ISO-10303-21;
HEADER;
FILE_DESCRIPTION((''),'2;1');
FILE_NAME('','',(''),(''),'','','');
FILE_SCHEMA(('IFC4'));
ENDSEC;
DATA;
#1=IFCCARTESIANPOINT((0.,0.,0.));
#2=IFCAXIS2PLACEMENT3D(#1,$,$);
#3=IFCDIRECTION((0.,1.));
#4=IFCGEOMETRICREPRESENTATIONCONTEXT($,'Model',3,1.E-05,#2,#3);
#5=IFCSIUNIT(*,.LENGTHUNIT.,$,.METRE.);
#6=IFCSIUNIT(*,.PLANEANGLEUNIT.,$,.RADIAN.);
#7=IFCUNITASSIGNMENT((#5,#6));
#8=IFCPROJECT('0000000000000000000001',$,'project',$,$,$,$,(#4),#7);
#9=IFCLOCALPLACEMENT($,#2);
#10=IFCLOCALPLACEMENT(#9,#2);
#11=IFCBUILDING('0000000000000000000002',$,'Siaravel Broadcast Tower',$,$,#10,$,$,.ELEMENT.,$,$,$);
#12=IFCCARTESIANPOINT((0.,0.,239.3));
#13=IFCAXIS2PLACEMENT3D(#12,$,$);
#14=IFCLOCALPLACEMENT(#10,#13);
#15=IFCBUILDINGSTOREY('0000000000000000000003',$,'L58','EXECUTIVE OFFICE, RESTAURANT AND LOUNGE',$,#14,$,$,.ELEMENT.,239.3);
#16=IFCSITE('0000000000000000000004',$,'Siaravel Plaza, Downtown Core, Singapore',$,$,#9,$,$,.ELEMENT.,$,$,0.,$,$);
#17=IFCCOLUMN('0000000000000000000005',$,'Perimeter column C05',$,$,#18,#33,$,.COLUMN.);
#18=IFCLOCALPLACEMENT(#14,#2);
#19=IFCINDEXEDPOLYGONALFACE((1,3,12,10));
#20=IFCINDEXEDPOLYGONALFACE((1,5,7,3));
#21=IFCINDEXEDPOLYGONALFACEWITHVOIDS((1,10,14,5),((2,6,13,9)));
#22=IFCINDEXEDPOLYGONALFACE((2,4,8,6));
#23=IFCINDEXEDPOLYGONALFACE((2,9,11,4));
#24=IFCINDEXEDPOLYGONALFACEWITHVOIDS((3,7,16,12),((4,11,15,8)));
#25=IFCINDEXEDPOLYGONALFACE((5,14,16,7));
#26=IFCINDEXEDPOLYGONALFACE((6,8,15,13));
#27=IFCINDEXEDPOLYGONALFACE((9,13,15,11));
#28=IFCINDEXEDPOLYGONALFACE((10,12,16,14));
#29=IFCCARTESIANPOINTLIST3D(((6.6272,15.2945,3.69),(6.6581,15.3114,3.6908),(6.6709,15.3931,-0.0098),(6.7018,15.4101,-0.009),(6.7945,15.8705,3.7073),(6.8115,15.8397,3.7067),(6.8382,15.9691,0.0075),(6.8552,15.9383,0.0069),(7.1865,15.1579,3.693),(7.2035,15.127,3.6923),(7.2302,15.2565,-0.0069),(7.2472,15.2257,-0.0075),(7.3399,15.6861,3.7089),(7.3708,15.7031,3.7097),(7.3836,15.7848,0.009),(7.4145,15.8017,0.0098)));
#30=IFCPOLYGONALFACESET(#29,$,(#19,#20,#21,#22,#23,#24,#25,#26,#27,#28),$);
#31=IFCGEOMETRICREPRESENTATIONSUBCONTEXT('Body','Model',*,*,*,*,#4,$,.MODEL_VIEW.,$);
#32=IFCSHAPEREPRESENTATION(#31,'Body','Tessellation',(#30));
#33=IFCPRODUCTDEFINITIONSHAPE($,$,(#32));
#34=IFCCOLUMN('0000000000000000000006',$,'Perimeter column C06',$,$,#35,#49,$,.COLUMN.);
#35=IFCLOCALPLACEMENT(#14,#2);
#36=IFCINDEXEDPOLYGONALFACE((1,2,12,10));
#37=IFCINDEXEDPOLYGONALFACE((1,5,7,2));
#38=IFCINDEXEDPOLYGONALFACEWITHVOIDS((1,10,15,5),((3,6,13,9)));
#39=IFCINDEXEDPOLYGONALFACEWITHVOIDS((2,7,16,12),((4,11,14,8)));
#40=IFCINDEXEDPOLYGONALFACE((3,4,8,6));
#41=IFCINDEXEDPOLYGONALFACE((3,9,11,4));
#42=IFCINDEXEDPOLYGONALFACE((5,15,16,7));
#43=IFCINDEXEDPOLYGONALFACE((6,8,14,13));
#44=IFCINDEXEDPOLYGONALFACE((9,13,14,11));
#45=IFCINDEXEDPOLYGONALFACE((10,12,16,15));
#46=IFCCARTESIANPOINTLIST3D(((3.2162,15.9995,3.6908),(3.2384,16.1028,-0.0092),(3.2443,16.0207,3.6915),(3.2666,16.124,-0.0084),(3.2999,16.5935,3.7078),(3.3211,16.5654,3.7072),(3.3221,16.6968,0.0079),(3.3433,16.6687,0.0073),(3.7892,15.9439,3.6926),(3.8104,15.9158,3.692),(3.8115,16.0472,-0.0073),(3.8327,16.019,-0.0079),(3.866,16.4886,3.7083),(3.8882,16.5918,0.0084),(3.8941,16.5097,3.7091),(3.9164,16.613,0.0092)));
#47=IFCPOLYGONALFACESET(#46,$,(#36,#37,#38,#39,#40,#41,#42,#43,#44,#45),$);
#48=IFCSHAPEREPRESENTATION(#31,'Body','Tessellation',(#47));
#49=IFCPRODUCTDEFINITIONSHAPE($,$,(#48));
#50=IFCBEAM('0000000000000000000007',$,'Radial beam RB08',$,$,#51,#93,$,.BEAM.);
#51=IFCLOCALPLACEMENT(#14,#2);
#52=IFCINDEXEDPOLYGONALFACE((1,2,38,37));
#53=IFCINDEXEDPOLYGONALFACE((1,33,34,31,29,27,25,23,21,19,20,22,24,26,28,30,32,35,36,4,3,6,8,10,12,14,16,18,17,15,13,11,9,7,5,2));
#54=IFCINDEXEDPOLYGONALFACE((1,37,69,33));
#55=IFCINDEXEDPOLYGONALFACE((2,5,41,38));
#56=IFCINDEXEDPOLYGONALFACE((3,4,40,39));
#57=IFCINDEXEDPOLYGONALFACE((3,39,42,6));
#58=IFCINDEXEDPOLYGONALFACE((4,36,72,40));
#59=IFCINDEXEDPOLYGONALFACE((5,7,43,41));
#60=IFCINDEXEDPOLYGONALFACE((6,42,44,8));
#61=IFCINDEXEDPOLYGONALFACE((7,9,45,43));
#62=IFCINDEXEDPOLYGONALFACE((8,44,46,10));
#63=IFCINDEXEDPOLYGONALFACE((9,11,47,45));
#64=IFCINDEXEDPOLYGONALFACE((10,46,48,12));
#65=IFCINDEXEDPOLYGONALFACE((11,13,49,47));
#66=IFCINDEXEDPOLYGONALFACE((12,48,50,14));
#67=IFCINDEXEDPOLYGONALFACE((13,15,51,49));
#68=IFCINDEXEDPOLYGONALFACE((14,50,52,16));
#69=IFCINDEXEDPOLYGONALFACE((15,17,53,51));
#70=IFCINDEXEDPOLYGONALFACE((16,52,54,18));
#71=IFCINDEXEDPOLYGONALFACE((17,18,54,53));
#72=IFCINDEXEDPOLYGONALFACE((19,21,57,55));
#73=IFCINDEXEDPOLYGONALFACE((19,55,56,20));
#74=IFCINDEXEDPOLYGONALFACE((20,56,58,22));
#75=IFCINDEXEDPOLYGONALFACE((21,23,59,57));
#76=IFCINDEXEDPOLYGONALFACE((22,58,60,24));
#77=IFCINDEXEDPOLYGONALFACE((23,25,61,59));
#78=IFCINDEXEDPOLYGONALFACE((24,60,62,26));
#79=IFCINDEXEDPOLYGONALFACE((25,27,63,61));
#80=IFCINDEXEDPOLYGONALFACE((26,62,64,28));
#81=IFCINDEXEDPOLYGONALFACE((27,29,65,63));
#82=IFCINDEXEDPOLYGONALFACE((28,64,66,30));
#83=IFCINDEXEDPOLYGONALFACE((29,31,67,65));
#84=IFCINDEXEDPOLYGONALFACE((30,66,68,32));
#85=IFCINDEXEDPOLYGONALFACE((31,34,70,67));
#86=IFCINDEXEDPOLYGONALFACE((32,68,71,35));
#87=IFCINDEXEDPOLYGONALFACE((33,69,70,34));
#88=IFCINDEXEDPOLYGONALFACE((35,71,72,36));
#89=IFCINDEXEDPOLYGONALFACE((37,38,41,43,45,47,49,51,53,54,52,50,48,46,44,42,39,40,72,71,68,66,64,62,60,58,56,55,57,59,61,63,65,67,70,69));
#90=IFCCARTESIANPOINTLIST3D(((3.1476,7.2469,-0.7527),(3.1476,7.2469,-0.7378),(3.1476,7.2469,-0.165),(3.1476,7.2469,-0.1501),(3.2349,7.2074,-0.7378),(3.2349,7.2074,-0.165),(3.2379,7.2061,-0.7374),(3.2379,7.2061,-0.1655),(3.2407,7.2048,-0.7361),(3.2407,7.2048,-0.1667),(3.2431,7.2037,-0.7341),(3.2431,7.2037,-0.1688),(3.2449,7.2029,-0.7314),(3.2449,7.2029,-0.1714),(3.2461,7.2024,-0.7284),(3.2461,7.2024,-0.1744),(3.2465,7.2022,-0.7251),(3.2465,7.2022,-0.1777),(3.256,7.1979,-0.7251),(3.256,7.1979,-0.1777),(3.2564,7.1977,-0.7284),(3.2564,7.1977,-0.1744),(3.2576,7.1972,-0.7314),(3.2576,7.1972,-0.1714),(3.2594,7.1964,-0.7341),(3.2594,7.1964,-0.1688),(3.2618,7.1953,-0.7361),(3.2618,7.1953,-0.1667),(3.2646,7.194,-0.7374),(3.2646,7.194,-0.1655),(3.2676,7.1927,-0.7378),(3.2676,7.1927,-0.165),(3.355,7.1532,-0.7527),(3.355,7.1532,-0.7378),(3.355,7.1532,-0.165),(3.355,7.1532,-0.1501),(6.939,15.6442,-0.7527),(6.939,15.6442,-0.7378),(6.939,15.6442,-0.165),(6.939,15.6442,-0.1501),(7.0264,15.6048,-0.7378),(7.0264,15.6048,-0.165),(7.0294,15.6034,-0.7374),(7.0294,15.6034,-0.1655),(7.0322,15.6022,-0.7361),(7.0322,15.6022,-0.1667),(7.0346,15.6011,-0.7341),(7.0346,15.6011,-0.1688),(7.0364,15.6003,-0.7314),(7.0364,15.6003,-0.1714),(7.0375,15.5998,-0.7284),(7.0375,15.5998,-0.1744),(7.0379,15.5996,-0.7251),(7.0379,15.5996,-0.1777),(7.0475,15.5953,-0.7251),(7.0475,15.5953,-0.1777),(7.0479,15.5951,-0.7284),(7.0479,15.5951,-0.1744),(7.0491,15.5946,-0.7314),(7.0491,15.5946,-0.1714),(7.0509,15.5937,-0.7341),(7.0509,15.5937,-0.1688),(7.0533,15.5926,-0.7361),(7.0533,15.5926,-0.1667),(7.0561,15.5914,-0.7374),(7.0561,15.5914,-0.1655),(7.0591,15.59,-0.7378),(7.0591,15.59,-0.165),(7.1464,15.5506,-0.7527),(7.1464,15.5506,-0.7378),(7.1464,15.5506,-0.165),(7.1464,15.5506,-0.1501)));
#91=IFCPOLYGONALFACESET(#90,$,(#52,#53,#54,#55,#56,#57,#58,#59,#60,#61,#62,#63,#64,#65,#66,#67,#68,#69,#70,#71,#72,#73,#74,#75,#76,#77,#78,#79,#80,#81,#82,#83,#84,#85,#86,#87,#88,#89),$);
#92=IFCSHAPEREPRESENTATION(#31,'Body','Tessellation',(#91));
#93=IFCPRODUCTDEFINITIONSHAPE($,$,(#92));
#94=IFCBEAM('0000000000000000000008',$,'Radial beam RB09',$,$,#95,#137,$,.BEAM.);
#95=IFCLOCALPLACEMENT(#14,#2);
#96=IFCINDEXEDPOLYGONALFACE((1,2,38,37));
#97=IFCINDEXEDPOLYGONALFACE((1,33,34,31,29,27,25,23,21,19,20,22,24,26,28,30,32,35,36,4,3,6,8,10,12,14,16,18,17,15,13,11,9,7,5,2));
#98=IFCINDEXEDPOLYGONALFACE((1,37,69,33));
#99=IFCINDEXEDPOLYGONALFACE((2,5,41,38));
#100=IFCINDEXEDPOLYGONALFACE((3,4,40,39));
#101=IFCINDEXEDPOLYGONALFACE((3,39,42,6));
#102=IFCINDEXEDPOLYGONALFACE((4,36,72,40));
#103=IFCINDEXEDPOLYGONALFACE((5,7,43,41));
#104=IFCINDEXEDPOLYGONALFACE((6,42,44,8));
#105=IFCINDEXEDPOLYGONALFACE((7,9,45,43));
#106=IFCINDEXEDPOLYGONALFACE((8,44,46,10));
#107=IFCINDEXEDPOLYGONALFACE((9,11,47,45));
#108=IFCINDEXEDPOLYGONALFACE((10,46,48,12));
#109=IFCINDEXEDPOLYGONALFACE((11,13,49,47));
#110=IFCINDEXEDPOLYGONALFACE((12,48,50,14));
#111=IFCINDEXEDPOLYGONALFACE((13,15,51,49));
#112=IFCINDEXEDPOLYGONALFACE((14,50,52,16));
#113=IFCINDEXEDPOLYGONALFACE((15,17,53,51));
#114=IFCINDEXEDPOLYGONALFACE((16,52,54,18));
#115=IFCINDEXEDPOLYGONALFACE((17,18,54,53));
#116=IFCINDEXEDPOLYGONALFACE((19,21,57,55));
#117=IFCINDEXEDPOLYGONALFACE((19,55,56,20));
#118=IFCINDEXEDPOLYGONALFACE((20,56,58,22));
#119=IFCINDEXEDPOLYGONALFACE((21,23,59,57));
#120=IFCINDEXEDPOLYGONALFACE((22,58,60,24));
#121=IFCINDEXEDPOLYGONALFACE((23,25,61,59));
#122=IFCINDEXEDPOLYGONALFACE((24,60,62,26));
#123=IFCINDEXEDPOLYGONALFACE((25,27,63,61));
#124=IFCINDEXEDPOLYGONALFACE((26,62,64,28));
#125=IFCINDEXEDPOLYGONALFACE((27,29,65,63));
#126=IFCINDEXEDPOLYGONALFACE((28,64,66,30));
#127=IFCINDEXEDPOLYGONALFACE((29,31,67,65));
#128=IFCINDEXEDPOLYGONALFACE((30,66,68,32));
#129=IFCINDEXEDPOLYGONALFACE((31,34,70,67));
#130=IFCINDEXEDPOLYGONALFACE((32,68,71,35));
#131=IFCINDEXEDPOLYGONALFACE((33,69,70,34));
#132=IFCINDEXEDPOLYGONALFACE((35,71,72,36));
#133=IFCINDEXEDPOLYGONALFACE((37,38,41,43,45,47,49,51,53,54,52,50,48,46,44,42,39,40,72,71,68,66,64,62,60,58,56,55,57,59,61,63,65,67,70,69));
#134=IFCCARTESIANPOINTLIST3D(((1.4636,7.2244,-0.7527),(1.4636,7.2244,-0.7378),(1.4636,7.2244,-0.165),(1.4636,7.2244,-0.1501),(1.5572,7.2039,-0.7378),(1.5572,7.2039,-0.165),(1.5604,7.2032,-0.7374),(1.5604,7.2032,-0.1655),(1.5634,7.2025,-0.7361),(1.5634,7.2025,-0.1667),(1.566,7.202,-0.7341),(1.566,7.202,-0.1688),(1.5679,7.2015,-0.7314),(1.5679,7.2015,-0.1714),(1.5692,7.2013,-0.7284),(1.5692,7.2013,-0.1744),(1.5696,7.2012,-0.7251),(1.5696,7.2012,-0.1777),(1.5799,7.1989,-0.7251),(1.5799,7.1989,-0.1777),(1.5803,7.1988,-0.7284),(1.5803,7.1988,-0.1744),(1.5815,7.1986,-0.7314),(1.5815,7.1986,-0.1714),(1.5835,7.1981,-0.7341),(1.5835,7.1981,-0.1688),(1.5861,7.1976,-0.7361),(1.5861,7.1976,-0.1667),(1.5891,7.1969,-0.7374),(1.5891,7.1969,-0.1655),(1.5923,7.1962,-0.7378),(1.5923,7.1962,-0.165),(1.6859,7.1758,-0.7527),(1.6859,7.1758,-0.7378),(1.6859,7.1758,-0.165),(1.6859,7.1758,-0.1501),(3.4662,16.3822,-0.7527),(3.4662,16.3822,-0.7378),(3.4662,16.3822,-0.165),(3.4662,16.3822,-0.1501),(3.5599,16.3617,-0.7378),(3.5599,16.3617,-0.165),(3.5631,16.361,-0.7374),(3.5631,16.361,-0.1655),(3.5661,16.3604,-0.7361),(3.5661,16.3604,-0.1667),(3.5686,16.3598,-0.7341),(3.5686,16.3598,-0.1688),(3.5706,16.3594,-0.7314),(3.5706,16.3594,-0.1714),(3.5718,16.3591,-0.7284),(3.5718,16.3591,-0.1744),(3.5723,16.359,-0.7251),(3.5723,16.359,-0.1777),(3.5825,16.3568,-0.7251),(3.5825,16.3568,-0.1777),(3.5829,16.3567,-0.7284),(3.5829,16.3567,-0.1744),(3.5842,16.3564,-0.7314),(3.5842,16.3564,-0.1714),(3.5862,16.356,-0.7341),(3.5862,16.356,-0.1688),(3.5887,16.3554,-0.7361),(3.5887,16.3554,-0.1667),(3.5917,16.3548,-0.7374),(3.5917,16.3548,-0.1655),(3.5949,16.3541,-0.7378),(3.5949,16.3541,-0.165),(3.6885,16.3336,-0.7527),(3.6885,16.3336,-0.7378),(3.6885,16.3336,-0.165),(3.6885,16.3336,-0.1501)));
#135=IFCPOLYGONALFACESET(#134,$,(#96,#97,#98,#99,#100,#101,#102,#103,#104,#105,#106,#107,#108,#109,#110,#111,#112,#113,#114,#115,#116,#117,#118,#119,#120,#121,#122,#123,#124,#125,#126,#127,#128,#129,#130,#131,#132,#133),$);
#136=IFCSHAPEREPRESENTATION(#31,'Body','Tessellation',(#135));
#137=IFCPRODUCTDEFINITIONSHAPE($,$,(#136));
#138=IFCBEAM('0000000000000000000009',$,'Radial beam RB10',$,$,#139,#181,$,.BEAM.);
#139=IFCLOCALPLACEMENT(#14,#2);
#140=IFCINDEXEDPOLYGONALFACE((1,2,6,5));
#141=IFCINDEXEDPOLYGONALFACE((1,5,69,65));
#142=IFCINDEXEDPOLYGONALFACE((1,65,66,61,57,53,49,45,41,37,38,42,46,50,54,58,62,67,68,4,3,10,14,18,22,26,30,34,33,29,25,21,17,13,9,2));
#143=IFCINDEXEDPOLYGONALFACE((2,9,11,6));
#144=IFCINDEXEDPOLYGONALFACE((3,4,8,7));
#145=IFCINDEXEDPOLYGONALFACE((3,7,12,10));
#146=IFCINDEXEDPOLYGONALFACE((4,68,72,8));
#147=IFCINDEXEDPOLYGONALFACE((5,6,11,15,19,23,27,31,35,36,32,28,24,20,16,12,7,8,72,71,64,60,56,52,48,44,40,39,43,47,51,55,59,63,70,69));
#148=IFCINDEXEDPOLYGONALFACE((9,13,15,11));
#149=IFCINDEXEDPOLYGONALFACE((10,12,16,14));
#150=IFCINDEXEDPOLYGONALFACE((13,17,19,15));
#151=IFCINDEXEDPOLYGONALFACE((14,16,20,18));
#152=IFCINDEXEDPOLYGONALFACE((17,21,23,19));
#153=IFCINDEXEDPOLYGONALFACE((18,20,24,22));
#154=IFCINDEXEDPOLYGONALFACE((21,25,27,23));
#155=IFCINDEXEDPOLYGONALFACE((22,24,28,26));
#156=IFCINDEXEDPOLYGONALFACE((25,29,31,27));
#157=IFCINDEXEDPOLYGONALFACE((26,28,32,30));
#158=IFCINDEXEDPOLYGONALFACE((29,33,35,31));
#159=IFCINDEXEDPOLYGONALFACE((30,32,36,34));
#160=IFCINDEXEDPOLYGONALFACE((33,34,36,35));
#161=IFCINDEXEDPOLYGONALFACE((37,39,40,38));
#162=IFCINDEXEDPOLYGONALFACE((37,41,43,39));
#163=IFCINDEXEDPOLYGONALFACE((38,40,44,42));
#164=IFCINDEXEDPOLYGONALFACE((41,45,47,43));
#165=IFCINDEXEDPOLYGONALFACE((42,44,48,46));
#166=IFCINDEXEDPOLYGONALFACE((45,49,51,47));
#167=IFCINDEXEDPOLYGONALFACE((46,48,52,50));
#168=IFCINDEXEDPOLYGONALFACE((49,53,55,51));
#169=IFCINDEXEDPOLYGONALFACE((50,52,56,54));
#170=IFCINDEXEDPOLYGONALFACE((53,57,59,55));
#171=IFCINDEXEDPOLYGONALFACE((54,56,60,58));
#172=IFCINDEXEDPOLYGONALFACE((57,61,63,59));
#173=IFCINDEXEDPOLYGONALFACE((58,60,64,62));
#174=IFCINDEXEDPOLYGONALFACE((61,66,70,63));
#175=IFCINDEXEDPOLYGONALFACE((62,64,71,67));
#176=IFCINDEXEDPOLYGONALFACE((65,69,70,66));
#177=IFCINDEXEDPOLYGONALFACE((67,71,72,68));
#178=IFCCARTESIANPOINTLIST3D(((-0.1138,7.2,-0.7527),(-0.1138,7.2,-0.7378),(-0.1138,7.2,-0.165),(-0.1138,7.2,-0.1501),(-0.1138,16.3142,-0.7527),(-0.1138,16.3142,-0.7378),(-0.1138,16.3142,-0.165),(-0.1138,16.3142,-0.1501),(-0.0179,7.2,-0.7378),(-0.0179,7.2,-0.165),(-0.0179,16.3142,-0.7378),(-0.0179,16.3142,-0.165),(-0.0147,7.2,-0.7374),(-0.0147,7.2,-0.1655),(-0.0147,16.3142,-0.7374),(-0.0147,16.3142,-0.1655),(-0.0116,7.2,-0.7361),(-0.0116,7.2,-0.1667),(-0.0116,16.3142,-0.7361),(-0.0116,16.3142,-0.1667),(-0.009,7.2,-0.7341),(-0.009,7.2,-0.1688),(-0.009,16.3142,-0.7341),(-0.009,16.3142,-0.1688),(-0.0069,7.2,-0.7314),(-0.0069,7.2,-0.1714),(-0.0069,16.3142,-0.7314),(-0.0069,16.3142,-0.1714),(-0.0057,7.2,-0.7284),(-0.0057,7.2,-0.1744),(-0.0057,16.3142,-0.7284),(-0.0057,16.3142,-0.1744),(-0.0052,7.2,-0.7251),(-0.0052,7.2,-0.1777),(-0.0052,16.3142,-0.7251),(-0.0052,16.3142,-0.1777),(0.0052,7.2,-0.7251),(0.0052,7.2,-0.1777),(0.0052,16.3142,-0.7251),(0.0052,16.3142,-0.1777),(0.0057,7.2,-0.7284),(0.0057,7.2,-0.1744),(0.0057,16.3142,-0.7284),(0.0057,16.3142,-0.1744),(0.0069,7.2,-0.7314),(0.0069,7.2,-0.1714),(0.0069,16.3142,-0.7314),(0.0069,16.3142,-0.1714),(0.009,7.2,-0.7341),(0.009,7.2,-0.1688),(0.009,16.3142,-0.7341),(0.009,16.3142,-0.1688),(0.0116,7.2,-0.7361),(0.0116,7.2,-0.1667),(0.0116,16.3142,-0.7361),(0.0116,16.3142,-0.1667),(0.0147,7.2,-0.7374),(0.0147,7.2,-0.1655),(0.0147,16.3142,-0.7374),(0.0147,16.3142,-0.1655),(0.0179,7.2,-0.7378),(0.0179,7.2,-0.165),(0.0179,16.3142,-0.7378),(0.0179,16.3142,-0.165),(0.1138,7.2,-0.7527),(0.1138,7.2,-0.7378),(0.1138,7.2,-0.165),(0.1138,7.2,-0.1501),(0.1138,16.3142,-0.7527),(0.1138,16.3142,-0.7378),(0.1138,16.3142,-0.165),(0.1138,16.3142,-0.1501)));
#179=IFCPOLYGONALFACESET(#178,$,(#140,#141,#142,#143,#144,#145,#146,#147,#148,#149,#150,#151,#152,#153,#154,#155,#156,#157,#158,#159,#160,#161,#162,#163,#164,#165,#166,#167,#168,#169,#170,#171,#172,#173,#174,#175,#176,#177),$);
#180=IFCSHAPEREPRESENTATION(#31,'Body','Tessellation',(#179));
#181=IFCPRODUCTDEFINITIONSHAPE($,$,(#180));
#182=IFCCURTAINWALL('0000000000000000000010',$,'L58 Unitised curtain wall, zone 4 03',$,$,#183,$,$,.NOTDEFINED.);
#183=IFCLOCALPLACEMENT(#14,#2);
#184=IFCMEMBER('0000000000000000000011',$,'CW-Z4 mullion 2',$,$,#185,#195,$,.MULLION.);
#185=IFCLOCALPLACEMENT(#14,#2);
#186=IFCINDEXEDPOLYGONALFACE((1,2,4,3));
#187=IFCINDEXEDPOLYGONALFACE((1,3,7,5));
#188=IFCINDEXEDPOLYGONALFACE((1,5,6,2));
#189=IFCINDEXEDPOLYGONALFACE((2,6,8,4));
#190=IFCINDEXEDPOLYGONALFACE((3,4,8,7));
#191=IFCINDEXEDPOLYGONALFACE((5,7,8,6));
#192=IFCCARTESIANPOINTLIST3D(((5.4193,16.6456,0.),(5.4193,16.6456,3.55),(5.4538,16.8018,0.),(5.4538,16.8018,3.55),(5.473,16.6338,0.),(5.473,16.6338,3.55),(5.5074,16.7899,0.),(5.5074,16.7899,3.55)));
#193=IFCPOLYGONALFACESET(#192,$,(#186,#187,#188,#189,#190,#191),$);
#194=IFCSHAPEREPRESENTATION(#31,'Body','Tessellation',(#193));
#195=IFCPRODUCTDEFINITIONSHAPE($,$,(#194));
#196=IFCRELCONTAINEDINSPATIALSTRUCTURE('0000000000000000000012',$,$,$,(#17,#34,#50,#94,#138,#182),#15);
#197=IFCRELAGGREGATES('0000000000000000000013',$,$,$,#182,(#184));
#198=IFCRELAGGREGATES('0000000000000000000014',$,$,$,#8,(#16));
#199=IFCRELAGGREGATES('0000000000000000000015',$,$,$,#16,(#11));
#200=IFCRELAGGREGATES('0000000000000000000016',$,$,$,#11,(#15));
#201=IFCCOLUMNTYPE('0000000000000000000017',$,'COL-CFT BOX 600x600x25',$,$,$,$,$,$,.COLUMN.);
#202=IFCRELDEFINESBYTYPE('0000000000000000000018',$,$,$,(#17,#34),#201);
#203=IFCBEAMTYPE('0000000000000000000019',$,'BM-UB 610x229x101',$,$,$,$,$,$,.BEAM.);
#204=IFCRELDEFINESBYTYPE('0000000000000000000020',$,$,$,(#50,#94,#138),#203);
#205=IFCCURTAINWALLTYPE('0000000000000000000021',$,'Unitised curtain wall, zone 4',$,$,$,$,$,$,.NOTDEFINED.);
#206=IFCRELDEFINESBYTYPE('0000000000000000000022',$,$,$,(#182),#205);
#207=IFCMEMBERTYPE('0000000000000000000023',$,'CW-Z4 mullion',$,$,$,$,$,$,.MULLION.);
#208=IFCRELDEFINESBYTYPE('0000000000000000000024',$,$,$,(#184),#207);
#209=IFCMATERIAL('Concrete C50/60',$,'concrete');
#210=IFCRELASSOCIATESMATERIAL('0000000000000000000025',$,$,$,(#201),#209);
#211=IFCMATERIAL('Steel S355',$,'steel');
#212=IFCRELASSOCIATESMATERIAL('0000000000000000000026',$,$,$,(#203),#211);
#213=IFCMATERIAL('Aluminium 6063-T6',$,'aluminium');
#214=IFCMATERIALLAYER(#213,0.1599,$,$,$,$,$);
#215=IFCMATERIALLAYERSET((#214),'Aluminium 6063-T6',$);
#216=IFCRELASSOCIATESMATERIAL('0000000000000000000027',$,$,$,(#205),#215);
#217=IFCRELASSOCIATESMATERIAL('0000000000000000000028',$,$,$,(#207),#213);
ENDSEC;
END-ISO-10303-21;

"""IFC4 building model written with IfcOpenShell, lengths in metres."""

from ifc_helpers import new_model, si_unit, direction, frame, origin, origin_2d, place, context, subcontext, project, spatial, rectangle, hollow_rectangle, i_section, extrude, material, layer, layer_set, material_profile, profile_set, type_object, element, aggregate, save


model = new_model("IFC4")

# Units and contexts
model_context = context("Model", 3, precision=1e-05, world=origin(), true_north=direction((0.0, 1.0)))
body_context = subcontext(model_context, "Body", "Model", "MODEL_VIEW")
ifc_project = project(units=[si_unit("LENGTHUNIT", "METRE"), si_unit("PLANEANGLEUNIT", "RADIAN")], contexts=[model_context])

# Site, building, storey
site_placement = place(None, origin())
site = spatial("IfcSite", under=ifc_project, at=site_placement, Name="Siaravel Plaza, Downtown Core, Singapore", CompositionType="ELEMENT", RefElevation=0.0)
building_placement = place(site_placement, origin())
building = spatial("IfcBuilding", under=site, at=building_placement, Name="Siaravel Broadcast Tower", CompositionType="ELEMENT")
storey_placement = place(building_placement, frame((0.0, 0.0, 239.3)))
storey = spatial("IfcBuildingStorey", under=building, at=storey_placement, Name="L58", Description="EXECUTIVE OFFICE, RESTAURANT AND LOUNGE", CompositionType="ELEMENT", Elevation=239.3)

# Columns
ifc_material_1 = material(Name="Concrete C50/60", Category="concrete")
ifc_material_profile_1 = material_profile(ifc_material_1, hollow_rectangle(XDim=0.6001, YDim=0.6001, WallThickness=0.0249, at=origin_2d()))
ifc_profile_set_1 = profile_set([ifc_material_profile_1], Name="Concrete C50/60")
column_type = type_object("IfcColumnType", Name="COL-CFT BOX 600x600x25", PredefinedType="COLUMN", material=ifc_profile_set_1)
for number, where, z_axis, x_axis, name in (
    (1, (7.0427, 15.5974, 0.0), (-0.011806, -0.026647, 0.999575), (0.960287, -0.278987, 0.003905), "Perimeter column C05"),
    (2, (3.5774, 16.3579, 0.0), (-0.006002, -0.0279, 0.999593), (0.990206, -0.139599, 0.002049), "Perimeter column C06"),
):
    element("IfcColumn", number, at=place(storey_placement, frame(where, z_axis=z_axis, x_axis=x_axis)), inside=storey, type_object=column_type, Name=name, PredefinedType="COLUMN", context=body_context, shape_type="SweptSolid", body=[
        extrude(hollow_rectangle(XDim=0.6001, YDim=0.6001, WallThickness=0.0249, at=origin_2d()), origin(), (0.0, 0.0, 1.0), 3.7014),
    ])

# Beams
ifc_material_2 = material(Name="Steel S355", Category="steel")
ifc_material_profile_2 = material_profile(ifc_material_2, i_section(OverallWidth=0.2275, OverallDepth=0.6025, WebThickness=0.0105, FlangeThickness=0.0149, FilletRadius=0.0127, at=origin_2d()))
ifc_profile_set_2 = profile_set([ifc_material_profile_2], Name="Steel S355")
beam_type = type_object("IfcBeamType", Name="BM-UB 610x229x101", PredefinedType="BEAM", material=ifc_profile_set_2)
beam_1_placement = place(storey_placement, frame((7.0427, 15.5974, -0.4514), z_axis=(-0.411506, -0.911407, 0.0), x_axis=(0.911407, -0.411506, 0.0)))
element("IfcBeam", 3, at=beam_1_placement, inside=storey, type_object=beam_type, Name="Radial beam RB08", PredefinedType="BEAM", context=body_context, shape_type="SweptSolid", body=[
    extrude(i_section(OverallWidth=0.2275, OverallDepth=0.6025, WebThickness=0.0105, FlangeThickness=0.0149, FilletRadius=0.0127, at=origin_2d()), origin(), (0.0, 0.0, 1.0), 9.2136),
])
beam_2_placement = place(storey_placement, frame((3.5774, 16.3579, -0.4514), z_axis=(-0.213634, -0.976914, 0.0), x_axis=(0.976914, -0.213634, 0.0)))
element("IfcBeam", 4, at=beam_2_placement, inside=storey, type_object=beam_type, Name="Radial beam RB09", PredefinedType="BEAM", context=body_context, shape_type="SweptSolid", body=[
    extrude(i_section(OverallWidth=0.2275, OverallDepth=0.6025, WebThickness=0.0105, FlangeThickness=0.0149, FilletRadius=0.0127, at=origin_2d()), origin(), (0.0, 0.0, 1.0), 9.3743),
])
beam_3_placement = place(storey_placement, frame((0.0, 16.3142, -0.4514), z_axis=(0.0, -1.0, 0.0), x_axis=(1.0, 0.0, 0.0)))
element("IfcBeam", 5, at=beam_3_placement, inside=storey, type_object=beam_type, Name="Radial beam RB10", PredefinedType="BEAM", context=body_context, shape_type="SweptSolid", body=[
    extrude(i_section(OverallWidth=0.2275, OverallDepth=0.6025, WebThickness=0.0105, FlangeThickness=0.0149, FilletRadius=0.0127, at=origin_2d()), origin(), (0.0, 0.0, 1.0), 9.1143),
])

# Curtain wall, member
ifc_material_3 = material(Name="Aluminium 6063-T6", Category="aluminium")
ifc_layer_1 = layer(ifc_material_3, 0.1599)
ifc_layer_set_1 = layer_set([ifc_layer_1], Name="Aluminium 6063-T6")
curtain_wall_type = type_object("IfcCurtainWallType", Name="Unitised curtain wall, zone 4", PredefinedType="NOTDEFINED", material=ifc_layer_set_1)
curtain_wall_placement = place(storey_placement, origin())
curtain_wall = element("IfcCurtainWall", 6, at=curtain_wall_placement, inside=storey, type_object=curtain_wall_type, Name="L58 Unitised curtain wall, zone 4 03", PredefinedType="NOTDEFINED")
ifc_material_profile_3 = material_profile(ifc_material_3, rectangle(XDim=0.1599, YDim=0.0549, at=origin_2d()))
ifc_profile_set_3 = profile_set([ifc_material_profile_3], Name="Aluminium 6063-T6")
member_type_1 = type_object("IfcMemberType", Name="CW-Z4 mullion", PredefinedType="MULLION", material=ifc_profile_set_3)
member_1_placement = place(storey_placement, frame((5.4634, 16.7178, 0.0), z_axis=(0.0, 0.0, 1.0), x_axis=(-0.215559, -0.976491, 0.0)))
member_1 = element("IfcMember", 7, at=member_1_placement, type_object=member_type_1, Name="CW-Z4 mullion 2", PredefinedType="MULLION", context=body_context, shape_type="SweptSolid", body=[
    extrude(rectangle(XDim=0.1599, YDim=0.0549, at=origin_2d()), origin(), (0.0, 0.0, 1.0), 3.55),
])

aggregate(curtain_wall, [member_1])

save(model, "model.ifc")
